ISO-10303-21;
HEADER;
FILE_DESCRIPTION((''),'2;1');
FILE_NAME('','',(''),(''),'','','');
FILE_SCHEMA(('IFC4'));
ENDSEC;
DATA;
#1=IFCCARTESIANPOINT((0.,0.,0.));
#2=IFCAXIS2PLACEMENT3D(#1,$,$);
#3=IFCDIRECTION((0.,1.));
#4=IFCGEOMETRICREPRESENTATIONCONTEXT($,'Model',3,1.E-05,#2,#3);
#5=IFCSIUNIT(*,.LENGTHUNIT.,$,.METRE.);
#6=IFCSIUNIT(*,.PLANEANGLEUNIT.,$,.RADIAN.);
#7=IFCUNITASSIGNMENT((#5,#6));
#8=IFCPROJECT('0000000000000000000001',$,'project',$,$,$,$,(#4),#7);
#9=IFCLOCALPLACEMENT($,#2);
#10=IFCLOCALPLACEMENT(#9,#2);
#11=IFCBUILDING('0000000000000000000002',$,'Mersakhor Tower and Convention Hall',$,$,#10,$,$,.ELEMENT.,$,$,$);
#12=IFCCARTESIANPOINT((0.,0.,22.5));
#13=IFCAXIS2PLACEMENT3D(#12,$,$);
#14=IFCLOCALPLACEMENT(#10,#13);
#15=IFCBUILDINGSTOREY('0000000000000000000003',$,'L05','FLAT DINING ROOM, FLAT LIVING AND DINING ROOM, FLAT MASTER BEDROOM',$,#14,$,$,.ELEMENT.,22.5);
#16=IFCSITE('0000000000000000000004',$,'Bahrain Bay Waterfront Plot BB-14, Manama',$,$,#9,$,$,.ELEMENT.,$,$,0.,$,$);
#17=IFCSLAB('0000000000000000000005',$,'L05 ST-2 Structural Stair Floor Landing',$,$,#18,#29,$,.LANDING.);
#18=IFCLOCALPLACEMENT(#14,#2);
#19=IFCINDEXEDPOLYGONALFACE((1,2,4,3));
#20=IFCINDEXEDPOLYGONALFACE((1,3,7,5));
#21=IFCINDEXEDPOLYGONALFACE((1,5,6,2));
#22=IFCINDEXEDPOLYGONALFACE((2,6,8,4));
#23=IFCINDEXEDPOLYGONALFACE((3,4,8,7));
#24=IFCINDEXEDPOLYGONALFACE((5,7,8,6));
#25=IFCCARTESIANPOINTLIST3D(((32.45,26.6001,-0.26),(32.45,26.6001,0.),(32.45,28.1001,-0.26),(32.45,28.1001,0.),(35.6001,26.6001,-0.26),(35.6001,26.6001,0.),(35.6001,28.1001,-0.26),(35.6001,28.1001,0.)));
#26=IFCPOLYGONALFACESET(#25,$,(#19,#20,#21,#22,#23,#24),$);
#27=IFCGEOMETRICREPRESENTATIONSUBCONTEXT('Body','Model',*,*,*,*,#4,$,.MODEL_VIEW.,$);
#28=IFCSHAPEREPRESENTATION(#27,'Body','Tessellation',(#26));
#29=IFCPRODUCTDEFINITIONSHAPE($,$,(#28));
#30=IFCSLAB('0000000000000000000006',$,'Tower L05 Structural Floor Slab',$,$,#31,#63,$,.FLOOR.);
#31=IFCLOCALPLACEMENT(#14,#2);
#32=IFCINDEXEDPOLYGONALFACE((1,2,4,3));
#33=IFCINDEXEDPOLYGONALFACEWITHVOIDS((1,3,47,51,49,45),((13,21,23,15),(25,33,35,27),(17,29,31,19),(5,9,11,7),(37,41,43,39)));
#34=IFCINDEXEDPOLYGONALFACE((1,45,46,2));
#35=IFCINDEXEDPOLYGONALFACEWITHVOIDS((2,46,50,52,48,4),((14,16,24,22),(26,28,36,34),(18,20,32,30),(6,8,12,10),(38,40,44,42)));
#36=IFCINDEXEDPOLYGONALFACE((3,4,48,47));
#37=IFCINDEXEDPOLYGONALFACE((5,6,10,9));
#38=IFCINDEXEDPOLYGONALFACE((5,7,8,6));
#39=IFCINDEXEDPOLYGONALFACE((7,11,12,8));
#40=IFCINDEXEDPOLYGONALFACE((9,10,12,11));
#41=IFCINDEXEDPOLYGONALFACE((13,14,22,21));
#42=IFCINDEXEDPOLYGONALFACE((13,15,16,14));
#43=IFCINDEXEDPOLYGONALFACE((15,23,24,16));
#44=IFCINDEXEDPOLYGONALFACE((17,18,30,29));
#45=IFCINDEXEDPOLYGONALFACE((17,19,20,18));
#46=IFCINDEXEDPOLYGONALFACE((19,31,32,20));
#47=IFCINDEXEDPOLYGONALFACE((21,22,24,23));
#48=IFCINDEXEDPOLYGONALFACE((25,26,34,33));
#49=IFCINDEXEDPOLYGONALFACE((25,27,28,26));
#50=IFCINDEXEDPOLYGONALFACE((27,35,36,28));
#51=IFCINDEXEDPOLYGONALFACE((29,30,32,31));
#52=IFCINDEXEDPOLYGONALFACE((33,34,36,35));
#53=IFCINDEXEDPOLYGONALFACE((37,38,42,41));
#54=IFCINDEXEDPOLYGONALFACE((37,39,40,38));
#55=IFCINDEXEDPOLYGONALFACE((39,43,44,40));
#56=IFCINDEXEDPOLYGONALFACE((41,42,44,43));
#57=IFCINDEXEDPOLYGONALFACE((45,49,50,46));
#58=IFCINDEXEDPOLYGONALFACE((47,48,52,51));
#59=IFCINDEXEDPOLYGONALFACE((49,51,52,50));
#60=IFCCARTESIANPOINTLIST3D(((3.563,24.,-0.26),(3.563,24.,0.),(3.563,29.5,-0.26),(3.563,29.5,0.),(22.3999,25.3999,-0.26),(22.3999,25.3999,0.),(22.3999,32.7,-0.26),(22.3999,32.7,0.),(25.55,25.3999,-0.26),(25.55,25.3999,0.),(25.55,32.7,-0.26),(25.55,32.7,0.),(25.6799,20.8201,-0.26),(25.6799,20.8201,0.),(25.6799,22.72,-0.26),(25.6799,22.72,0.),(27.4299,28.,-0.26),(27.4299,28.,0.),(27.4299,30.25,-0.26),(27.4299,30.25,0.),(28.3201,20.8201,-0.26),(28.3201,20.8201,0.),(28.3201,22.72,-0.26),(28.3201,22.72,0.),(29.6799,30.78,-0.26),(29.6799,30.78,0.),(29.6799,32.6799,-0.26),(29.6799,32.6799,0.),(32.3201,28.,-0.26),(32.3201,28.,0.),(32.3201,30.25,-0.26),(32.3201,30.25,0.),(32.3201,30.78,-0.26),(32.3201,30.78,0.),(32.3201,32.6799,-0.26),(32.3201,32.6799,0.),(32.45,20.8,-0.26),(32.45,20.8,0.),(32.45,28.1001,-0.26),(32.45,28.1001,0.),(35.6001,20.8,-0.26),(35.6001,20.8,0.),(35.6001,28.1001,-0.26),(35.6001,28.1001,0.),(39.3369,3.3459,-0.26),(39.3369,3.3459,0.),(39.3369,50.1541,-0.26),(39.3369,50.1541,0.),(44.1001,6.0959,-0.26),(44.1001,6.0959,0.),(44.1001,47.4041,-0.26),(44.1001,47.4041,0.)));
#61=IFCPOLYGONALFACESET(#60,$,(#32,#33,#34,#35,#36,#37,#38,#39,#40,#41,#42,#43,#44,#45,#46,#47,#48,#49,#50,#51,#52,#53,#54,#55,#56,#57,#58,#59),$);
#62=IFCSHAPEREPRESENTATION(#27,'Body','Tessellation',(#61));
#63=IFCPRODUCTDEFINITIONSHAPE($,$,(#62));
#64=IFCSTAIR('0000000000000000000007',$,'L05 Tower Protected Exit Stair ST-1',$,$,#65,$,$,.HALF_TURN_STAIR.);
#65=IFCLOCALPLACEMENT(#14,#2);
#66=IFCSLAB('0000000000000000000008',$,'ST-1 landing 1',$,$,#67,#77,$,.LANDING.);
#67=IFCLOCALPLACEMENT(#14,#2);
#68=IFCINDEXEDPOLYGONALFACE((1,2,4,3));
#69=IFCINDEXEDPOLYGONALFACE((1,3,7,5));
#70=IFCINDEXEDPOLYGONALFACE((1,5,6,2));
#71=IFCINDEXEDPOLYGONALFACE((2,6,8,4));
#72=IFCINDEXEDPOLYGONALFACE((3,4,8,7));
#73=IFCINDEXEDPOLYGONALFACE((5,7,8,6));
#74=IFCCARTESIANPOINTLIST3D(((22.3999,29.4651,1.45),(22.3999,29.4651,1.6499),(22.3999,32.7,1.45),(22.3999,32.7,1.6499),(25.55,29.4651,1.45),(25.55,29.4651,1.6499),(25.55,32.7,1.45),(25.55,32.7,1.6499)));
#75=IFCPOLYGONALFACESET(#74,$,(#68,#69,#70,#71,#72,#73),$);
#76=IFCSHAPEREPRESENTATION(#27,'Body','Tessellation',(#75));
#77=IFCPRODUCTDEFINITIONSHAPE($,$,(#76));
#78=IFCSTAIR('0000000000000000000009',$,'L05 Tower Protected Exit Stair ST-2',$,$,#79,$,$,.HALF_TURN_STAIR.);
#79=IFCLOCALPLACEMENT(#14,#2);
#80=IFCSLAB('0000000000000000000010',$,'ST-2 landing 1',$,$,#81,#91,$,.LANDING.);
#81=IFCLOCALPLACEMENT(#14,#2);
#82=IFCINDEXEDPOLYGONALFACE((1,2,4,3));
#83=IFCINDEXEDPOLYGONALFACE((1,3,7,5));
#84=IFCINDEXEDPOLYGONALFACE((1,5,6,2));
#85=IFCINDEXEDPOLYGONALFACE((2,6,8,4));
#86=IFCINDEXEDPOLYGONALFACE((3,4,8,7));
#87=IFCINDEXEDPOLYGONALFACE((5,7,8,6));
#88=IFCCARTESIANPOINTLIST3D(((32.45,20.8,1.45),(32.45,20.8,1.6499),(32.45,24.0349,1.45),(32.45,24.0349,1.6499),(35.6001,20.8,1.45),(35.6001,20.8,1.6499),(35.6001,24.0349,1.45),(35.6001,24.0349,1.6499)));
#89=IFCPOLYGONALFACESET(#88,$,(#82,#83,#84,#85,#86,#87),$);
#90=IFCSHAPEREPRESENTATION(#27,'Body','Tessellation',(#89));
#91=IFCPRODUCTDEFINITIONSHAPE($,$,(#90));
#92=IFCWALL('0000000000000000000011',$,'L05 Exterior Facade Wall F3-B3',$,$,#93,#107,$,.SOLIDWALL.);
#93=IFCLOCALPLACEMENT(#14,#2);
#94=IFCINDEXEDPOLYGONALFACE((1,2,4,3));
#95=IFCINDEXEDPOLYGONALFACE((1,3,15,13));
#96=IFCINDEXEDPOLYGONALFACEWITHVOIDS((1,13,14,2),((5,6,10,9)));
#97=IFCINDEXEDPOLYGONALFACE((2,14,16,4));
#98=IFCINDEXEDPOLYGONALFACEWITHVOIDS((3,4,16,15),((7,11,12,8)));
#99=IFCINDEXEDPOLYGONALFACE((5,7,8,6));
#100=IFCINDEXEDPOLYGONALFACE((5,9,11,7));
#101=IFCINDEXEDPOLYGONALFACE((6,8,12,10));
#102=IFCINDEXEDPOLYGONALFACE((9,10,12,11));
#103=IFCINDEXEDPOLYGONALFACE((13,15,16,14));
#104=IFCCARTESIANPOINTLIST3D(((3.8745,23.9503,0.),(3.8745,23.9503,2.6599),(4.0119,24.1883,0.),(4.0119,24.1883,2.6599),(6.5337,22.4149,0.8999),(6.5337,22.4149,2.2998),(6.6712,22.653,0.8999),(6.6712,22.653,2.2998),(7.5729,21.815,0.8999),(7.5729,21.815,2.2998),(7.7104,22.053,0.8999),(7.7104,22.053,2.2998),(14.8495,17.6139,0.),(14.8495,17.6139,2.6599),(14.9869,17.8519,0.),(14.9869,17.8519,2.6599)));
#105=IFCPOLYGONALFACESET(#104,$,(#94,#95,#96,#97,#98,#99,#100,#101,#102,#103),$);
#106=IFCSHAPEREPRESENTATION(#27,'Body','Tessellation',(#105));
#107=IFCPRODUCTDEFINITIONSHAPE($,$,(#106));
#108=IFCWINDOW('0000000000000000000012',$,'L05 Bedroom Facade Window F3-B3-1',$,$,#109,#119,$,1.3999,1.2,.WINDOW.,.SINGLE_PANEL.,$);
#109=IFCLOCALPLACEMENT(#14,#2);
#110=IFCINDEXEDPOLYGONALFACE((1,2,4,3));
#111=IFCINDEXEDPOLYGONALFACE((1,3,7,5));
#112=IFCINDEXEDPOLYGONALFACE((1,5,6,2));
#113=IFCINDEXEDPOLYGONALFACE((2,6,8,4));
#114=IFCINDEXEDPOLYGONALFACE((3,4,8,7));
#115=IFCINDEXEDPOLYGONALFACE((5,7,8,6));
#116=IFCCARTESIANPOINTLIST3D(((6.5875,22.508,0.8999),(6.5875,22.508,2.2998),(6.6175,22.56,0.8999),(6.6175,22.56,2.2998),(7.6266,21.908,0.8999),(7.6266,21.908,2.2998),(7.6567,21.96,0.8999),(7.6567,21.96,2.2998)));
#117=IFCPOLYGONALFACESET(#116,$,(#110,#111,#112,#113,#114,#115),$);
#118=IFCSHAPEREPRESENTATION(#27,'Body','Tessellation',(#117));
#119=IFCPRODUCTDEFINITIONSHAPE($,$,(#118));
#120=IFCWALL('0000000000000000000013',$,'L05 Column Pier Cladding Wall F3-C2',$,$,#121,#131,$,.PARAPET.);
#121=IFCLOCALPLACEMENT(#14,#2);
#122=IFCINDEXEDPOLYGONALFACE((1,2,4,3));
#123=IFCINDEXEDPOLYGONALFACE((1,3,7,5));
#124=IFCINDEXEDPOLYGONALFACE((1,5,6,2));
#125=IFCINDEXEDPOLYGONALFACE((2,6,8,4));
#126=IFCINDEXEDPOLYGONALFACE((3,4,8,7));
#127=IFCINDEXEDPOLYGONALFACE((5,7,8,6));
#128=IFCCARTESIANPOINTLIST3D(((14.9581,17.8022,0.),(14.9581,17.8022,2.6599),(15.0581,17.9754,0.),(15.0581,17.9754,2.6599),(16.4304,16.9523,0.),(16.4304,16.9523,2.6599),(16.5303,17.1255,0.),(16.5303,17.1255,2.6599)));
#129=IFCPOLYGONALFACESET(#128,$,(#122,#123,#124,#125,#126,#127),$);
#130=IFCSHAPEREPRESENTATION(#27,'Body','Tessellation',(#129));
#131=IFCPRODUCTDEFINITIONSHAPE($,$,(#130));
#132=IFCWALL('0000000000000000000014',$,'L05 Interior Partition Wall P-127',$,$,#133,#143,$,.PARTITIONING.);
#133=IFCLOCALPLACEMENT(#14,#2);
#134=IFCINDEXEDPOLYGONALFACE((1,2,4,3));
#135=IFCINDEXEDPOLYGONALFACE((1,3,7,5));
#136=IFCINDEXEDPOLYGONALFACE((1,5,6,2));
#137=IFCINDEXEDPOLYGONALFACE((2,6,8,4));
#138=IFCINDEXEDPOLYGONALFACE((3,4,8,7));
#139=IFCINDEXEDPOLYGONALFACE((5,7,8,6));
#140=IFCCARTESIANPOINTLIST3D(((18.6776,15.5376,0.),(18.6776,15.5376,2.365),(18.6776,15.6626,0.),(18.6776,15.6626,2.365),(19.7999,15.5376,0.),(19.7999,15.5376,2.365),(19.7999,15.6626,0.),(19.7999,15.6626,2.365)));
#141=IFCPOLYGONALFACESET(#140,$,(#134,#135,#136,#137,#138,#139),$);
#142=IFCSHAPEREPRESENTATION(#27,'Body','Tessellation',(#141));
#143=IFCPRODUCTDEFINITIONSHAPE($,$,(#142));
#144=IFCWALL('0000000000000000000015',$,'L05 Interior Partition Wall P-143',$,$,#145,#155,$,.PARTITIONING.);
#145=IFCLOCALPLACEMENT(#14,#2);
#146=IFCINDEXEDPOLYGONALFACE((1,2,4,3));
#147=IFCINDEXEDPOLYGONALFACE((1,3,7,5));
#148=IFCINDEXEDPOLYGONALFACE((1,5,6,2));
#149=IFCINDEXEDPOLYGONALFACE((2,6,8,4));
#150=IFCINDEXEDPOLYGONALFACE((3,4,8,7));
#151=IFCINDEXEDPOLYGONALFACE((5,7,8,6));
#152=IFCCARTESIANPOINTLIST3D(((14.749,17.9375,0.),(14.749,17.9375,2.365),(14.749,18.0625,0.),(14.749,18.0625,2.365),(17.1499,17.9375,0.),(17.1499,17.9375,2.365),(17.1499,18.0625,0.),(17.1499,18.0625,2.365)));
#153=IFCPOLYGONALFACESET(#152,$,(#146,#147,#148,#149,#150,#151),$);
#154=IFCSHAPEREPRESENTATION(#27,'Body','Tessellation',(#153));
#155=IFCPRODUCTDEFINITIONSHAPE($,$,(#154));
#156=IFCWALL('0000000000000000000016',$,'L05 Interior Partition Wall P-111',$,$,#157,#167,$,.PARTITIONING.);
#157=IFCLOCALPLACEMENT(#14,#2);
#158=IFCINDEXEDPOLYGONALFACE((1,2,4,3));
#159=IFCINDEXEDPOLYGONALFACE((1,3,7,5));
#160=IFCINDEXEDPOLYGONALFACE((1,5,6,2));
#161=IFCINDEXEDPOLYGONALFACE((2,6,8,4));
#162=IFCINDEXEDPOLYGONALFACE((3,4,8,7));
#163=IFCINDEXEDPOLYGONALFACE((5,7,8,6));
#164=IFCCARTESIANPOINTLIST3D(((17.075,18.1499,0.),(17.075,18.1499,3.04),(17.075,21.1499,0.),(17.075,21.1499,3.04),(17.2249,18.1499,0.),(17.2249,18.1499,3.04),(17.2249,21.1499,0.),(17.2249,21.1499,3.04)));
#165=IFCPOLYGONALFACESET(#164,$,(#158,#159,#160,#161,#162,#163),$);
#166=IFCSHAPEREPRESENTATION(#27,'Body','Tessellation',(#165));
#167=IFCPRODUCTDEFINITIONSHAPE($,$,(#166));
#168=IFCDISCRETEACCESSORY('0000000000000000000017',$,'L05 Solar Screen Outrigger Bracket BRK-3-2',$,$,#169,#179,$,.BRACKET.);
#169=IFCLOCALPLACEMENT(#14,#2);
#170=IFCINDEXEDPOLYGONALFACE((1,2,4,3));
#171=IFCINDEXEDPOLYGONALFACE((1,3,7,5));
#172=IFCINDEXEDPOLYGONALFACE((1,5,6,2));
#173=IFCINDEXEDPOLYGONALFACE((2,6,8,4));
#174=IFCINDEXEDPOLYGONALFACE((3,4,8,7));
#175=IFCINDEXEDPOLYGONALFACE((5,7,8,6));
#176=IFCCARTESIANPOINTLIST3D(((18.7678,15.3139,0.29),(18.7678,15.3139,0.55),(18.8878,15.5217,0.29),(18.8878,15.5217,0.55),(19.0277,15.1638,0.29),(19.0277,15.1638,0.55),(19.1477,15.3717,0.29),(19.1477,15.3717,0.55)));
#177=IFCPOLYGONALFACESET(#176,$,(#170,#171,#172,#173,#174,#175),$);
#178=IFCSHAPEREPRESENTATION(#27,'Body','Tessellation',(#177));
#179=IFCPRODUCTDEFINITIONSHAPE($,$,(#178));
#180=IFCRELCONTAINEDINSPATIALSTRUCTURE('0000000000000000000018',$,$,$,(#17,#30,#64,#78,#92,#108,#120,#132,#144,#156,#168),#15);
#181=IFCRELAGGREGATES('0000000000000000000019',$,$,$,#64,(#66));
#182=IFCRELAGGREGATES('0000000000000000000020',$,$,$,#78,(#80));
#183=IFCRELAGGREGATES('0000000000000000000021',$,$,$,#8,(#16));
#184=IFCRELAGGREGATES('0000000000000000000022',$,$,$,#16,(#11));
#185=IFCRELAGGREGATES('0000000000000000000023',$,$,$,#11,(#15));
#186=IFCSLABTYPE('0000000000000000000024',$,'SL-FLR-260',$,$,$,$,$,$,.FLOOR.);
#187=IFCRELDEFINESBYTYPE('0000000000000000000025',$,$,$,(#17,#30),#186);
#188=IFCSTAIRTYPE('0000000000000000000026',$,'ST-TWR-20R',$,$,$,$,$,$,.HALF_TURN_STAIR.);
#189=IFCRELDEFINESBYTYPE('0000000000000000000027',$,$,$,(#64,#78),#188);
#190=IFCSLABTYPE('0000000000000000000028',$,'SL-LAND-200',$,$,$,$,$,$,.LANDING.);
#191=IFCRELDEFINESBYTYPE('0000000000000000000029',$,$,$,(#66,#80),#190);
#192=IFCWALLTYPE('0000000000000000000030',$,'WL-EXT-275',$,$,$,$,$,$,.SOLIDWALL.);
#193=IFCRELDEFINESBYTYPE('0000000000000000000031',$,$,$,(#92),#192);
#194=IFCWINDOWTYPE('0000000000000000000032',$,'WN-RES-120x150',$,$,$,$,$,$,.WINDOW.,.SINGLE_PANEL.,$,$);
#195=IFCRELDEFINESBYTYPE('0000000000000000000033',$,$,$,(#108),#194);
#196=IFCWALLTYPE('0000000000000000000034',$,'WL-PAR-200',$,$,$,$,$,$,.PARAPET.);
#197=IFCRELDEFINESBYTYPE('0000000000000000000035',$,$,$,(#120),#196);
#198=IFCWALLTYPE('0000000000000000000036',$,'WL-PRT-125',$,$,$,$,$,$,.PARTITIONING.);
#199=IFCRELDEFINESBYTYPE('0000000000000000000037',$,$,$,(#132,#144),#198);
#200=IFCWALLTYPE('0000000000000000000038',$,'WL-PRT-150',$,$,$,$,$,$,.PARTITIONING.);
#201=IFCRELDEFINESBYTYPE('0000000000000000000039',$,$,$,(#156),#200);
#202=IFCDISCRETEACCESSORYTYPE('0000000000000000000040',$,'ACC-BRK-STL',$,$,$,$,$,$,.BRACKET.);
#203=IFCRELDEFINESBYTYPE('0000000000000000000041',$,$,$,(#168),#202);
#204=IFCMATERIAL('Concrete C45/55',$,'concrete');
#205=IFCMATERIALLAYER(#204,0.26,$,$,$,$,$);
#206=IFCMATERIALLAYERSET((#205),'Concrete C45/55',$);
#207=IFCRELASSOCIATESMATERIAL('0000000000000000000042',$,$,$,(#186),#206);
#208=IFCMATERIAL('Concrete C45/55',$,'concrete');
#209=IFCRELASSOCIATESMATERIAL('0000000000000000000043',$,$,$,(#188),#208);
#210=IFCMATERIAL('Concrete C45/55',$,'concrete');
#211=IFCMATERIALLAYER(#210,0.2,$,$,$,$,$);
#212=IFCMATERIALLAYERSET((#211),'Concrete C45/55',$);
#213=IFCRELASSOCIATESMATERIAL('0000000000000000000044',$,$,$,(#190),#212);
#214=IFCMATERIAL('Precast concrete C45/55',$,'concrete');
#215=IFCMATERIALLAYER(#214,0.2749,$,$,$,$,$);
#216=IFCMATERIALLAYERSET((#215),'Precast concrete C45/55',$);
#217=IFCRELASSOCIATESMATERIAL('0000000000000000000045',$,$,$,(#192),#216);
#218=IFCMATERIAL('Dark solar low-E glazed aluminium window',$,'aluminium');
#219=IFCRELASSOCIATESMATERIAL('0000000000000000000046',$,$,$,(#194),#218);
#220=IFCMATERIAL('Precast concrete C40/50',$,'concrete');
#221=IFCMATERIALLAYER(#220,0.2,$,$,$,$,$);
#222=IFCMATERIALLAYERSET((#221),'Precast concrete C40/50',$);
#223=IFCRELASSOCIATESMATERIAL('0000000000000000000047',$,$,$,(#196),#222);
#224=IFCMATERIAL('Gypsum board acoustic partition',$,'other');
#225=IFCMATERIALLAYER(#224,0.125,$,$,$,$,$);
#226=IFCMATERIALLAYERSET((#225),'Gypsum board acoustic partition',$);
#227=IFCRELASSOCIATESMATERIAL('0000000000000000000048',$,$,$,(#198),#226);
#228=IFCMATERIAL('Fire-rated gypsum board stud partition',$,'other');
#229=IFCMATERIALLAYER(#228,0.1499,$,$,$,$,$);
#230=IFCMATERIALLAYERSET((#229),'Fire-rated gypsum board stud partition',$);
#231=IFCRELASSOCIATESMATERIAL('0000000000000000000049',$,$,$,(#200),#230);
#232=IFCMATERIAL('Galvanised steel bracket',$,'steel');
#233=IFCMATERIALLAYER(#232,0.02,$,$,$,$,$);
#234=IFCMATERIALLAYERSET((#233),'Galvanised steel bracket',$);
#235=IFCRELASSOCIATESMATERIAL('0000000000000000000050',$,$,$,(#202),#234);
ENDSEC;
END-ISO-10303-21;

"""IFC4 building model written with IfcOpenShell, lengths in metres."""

from ifc_helpers import new_model, si_unit, direction, frame, frame_2d, origin, origin_2d, place, context, subcontext, project, spatial, polyline, rectangle, outline, extrude, material, layer, layer_set, type_object, element, fill, aggregate, save


model = new_model("IFC4")

# Units and contexts
model_context = context("Model", 3, precision=1e-05, world=origin(), true_north=direction((0.0, 1.0)))
body_context = subcontext(model_context, "Body", "Model", "MODEL_VIEW")
ifc_project = project(units=[si_unit("LENGTHUNIT", "METRE"), si_unit("PLANEANGLEUNIT", "RADIAN")], contexts=[model_context])

# Site, building, storey
site_placement = place(None, origin())
site = spatial("IfcSite", under=ifc_project, at=site_placement, Name="Bahrain Bay Waterfront Plot BB-14, Manama", CompositionType="ELEMENT", RefElevation=0.0)
building_placement = place(site_placement, origin())
building = spatial("IfcBuilding", under=site, at=building_placement, Name="Mersakhor Tower and Convention Hall", CompositionType="ELEMENT")
storey_placement = place(building_placement, frame((0.0, 0.0, 22.5)))
storey = spatial("IfcBuildingStorey", under=building, at=storey_placement, Name="L05", Description="FLAT DINING ROOM, FLAT LIVING AND DINING ROOM, FLAT MASTER BEDROOM", CompositionType="ELEMENT", Elevation=22.5)

# Slabs
ifc_material_1 = material(Name="Concrete C45/55", Category="concrete")
ifc_layer_1 = layer(ifc_material_1, 0.26)
ifc_layer_set_1 = layer_set([ifc_layer_1], Name="Concrete C45/55")
slab_type_1 = type_object("IfcSlabType", Name="SL-FLR-260", PredefinedType="FLOOR", material=ifc_layer_set_1)
slab_1_placement = place(storey_placement, frame((0.0, 0.0, -0.26)))
element("IfcSlab", 1, at=slab_1_placement, inside=storey, type_object=slab_type_1, Name="L05 ST-2 Structural Stair Floor Landing", PredefinedType="LANDING", context=body_context, shape_type="SweptSolid", body=[
    extrude(outline(polyline([(32.45, 28.1001), (32.45, 26.6001), (35.6001, 26.6001), (35.6001, 28.1001), (32.45, 28.1001)])), origin(), (0.0, 0.0, 1.0), 0.26),
])
slab_2_placement = place(storey_placement, frame((0.0, 0.0, -0.26)))
element("IfcSlab", 2, at=slab_2_placement, inside=storey, type_object=slab_type_1, Name="Tower L05 Structural Floor Slab", PredefinedType="FLOOR", context=body_context, shape_type="SweptSolid", body=[
    extrude(outline(polyline([(3.563, 29.5), (39.3369, 50.1541), (44.1001, 47.4041), (44.1001, 6.0959), (39.3369, 3.3459), (3.563, 24.0), (3.563, 29.5)]), holes=[polyline([(25.55, 25.3999), (25.55, 32.7), (22.3999, 32.7), (22.3999, 25.3999), (25.55, 25.3999)]), polyline([(32.45, 28.1001), (32.45, 20.8), (35.6001, 20.8), (35.6001, 28.1001), (32.45, 28.1001)]), polyline([(25.6799, 20.8201), (25.6799, 22.72), (28.3201, 22.72), (28.3201, 20.8201), (25.6799, 20.8201)]), polyline([(29.6799, 30.78), (29.6799, 32.6799), (32.3201, 32.6799), (32.3201, 30.78), (29.6799, 30.78)]), polyline([(27.4299, 28.0), (27.4299, 30.25), (32.3201, 30.25), (32.3201, 28.0), (27.4299, 28.0)])]), origin(), (0.0, 0.0, 1.0), 0.26),
])

# Stairs, slabs
ifc_material_2 = material(Name="Concrete C45/55", Category="concrete")
stair_type = type_object("IfcStairType", Name="ST-TWR-20R", PredefinedType="HALF_TURN_STAIR", material=ifc_material_2)
stair_1_placement = place(storey_placement, origin())
stair_1 = element("IfcStair", 3, at=stair_1_placement, inside=storey, type_object=stair_type, Name="L05 Tower Protected Exit Stair ST-1", PredefinedType="HALF_TURN_STAIR")
ifc_material_3 = material(Name="Concrete C45/55", Category="concrete")
ifc_layer_2 = layer(ifc_material_3, 0.2)
ifc_layer_set_2 = layer_set([ifc_layer_2], Name="Concrete C45/55")
slab_type_2 = type_object("IfcSlabType", Name="SL-LAND-200", PredefinedType="LANDING", material=ifc_layer_set_2)
slab_3_placement = place(storey_placement, frame((0.0, 0.0, 1.45)))
slab_3 = element("IfcSlab", 4, at=slab_3_placement, type_object=slab_type_2, Name="ST-1 landing 1", PredefinedType="LANDING", context=body_context, shape_type="SweptSolid", body=[
    extrude(outline(polyline([(25.55, 29.4651), (25.55, 32.7), (22.3999, 32.7), (22.3999, 29.4651), (25.55, 29.4651)])), origin(), (0.0, 0.0, 1.0), 0.2),
])
aggregate(stair_1, [slab_3])
stair_2_placement = place(storey_placement, origin())
stair_2 = element("IfcStair", 5, at=stair_2_placement, inside=storey, type_object=stair_type, Name="L05 Tower Protected Exit Stair ST-2", PredefinedType="HALF_TURN_STAIR")
slab_4_placement = place(storey_placement, frame((0.0, 0.0, 1.45)))
slab_4 = element("IfcSlab", 6, at=slab_4_placement, type_object=slab_type_2, Name="ST-2 landing 1", PredefinedType="LANDING", context=body_context, shape_type="SweptSolid", body=[
    extrude(outline(polyline([(32.45, 24.0349), (32.45, 20.8), (35.6001, 20.8), (35.6001, 24.0349), (32.45, 24.0349)])), origin(), (0.0, 0.0, 1.0), 0.2),
])
aggregate(stair_2, [slab_4])

# Wall, opening, window
ifc_material_4 = material(Name="Precast concrete C45/55", Category="concrete")
ifc_layer_3 = layer(ifc_material_4, 0.2749)
ifc_layer_set_3 = layer_set([ifc_layer_3], Name="Precast concrete C45/55")
wall_type_1 = type_object("IfcWallType", Name="WL-EXT-275", PredefinedType="SOLIDWALL", material=ifc_layer_set_3)
wall_1_placement = place(storey_placement, frame((14.9182, 17.7329, 0.0), z_axis=(0.0, 0.0, 1.0), x_axis=(-0.866027, 0.499997, 0.0)))
wall_1 = element("IfcWall", 7, at=wall_1_placement, inside=storey, type_object=wall_type_1, Name="L05 Exterior Facade Wall F3-B3", PredefinedType="SOLIDWALL", context=body_context, shape_type="SweptSolid", body=[
    extrude(rectangle(XDim=12.6729, YDim=0.2749, at=frame_2d((6.3364, 0.0))), origin(), (0.0, 0.0, 1.0), 2.6599),
])
opening_placement = place(wall_1_placement, frame((8.4021, 0.0, 0.8999)))
opening = element("IfcOpeningElement", 8, at=opening_placement, cuts=wall_1, PredefinedType="OPENING", context=body_context, shape_type="SweptSolid", body=[
    extrude(rectangle(XDim=1.2, YDim=1.3999, at=frame_2d((0.6001, 0.7))), frame((0.0, 0.1475, 0.0), z_axis=(0.0, -1.0, 0.0), x_axis=(1.0, 0.0, 0.0)), (0.0, 0.0, 1.0), 0.2949),
])
ifc_material_5 = material(Name="Dark solar low-E glazed aluminium window", Category="aluminium")
window_type = type_object("IfcWindowType", Name="WN-RES-120x150", PartitioningType="SINGLE_PANEL", PredefinedType="WINDOW", material=ifc_material_5)
window_placement = place(opening_placement, origin())
window = element("IfcWindow", 9, at=window_placement, inside=storey, type_object=window_type, Name="L05 Bedroom Facade Window F3-B3-1", OverallHeight=1.3999, OverallWidth=1.2, PartitioningType="SINGLE_PANEL", PredefinedType="WINDOW", context=body_context, shape_type="SweptSolid", body=[
    extrude(rectangle(XDim=1.2, YDim=1.3999, at=frame_2d((0.6001, 0.7))), frame((0.0, 0.03, 0.0), z_axis=(0.0, -1.0, 0.0), x_axis=(1.0, 0.0, 0.0)), (0.0, 0.0, 1.0), 0.0601),
])
fill(opening, window)

# Walls
ifc_material_6 = material(Name="Precast concrete C40/50", Category="concrete")
ifc_layer_4 = layer(ifc_material_6, 0.2)
ifc_layer_set_4 = layer_set([ifc_layer_4], Name="Precast concrete C40/50")
wall_type_2 = type_object("IfcWallType", Name="WL-PAR-200", PredefinedType="PARAPET", material=ifc_layer_set_4)
wall_2_placement = place(storey_placement, frame((16.4805, 17.0388, 0.0), z_axis=(0.0, 0.0, 1.0), x_axis=(-0.866052, 0.499955, 0.0)))
element("IfcWall", 10, at=wall_2_placement, inside=storey, type_object=wall_type_2, Name="L05 Column Pier Cladding Wall F3-C2", PredefinedType="PARAPET", context=body_context, shape_type="SweptSolid", body=[
    extrude(rectangle(XDim=1.7, YDim=0.2, at=frame_2d((0.8501, 0.0))), origin(), (0.0, 0.0, 1.0), 2.6599),
])
ifc_material_7 = material(Name="Gypsum board acoustic partition", Category="other")
ifc_layer_5 = layer(ifc_material_7, 0.125)
ifc_layer_set_5 = layer_set([ifc_layer_5], Name="Gypsum board acoustic partition")
wall_type_3 = type_object("IfcWallType", Name="WL-PRT-125", PredefinedType="PARTITIONING", material=ifc_layer_set_5)
wall_3_placement = place(storey_placement, frame((18.6777, 15.6001, 0.0), z_axis=(0.0, 0.0, 1.0), x_axis=(1.0, 0.0, 0.0)))
element("IfcWall", 11, at=wall_3_placement, inside=storey, type_object=wall_type_3, Name="L05 Interior Partition Wall P-127", PredefinedType="PARTITIONING", context=body_context, shape_type="SweptSolid", body=[
    extrude(rectangle(XDim=1.1223, YDim=0.125, at=frame_2d((0.561, 0.0))), origin(), (0.0, 0.0, 1.0), 2.365),
])
wall_4_placement = place(storey_placement, frame((17.1499, 18.0, 0.0), z_axis=(0.0, 0.0, 1.0), x_axis=(-1.0, 0.0, 0.0)))
element("IfcWall", 12, at=wall_4_placement, inside=storey, type_object=wall_type_3, Name="L05 Interior Partition Wall P-143", PredefinedType="PARTITIONING", context=body_context, shape_type="SweptSolid", body=[
    extrude(rectangle(XDim=2.4009, YDim=0.125, at=frame_2d((1.2004, 0.0))), origin(), (0.0, 0.0, 1.0), 2.365),
])
ifc_material_8 = material(Name="Fire-rated gypsum board stud partition", Category="other")
ifc_layer_6 = layer(ifc_material_8, 0.1499)
ifc_layer_set_6 = layer_set([ifc_layer_6], Name="Fire-rated gypsum board stud partition")
wall_type_4 = type_object("IfcWallType", Name="WL-PRT-150", PredefinedType="PARTITIONING", material=ifc_layer_set_6)
wall_5_placement = place(storey_placement, frame((17.1499, 18.1499, 0.0), z_axis=(0.0, 0.0, 1.0), x_axis=(0.0, 1.0, 0.0)))
element("IfcWall", 13, at=wall_5_placement, inside=storey, type_object=wall_type_4, Name="L05 Interior Partition Wall P-111", PredefinedType="PARTITIONING", context=body_context, shape_type="SweptSolid", body=[
    extrude(rectangle(XDim=3.0, YDim=0.1499, at=frame_2d((1.5, 0.0))), origin(), (0.0, 0.0, 1.0), 3.04),
])

# Discrete accessory
ifc_material_9 = material(Name="Galvanised steel bracket", Category="steel")
ifc_layer_7 = layer(ifc_material_9, 0.02)
ifc_layer_set_7 = layer_set([ifc_layer_7], Name="Galvanised steel bracket")
discrete_accessory_type = type_object("IfcDiscreteAccessoryType", Name="ACC-BRK-STL", PredefinedType="BRACKET", material=ifc_layer_set_7)
discrete_accessory_1_placement = place(storey_placement, frame((18.9578, 15.3428, 0.29), z_axis=(0.0, 0.0, 1.0), x_axis=(-0.866025, 0.5, 0.0)))
element("IfcDiscreteAccessory", 14, at=discrete_accessory_1_placement, inside=storey, type_object=discrete_accessory_type, Name="L05 Solar Screen Outrigger Bracket BRK-3-2", PredefinedType="BRACKET", context=body_context, shape_type="SweptSolid", body=[
    extrude(rectangle(XDim=0.3, YDim=0.24, at=origin_2d()), origin(), (0.0, 0.0, 1.0), 0.26),
])

save(model, "model.ifc")
